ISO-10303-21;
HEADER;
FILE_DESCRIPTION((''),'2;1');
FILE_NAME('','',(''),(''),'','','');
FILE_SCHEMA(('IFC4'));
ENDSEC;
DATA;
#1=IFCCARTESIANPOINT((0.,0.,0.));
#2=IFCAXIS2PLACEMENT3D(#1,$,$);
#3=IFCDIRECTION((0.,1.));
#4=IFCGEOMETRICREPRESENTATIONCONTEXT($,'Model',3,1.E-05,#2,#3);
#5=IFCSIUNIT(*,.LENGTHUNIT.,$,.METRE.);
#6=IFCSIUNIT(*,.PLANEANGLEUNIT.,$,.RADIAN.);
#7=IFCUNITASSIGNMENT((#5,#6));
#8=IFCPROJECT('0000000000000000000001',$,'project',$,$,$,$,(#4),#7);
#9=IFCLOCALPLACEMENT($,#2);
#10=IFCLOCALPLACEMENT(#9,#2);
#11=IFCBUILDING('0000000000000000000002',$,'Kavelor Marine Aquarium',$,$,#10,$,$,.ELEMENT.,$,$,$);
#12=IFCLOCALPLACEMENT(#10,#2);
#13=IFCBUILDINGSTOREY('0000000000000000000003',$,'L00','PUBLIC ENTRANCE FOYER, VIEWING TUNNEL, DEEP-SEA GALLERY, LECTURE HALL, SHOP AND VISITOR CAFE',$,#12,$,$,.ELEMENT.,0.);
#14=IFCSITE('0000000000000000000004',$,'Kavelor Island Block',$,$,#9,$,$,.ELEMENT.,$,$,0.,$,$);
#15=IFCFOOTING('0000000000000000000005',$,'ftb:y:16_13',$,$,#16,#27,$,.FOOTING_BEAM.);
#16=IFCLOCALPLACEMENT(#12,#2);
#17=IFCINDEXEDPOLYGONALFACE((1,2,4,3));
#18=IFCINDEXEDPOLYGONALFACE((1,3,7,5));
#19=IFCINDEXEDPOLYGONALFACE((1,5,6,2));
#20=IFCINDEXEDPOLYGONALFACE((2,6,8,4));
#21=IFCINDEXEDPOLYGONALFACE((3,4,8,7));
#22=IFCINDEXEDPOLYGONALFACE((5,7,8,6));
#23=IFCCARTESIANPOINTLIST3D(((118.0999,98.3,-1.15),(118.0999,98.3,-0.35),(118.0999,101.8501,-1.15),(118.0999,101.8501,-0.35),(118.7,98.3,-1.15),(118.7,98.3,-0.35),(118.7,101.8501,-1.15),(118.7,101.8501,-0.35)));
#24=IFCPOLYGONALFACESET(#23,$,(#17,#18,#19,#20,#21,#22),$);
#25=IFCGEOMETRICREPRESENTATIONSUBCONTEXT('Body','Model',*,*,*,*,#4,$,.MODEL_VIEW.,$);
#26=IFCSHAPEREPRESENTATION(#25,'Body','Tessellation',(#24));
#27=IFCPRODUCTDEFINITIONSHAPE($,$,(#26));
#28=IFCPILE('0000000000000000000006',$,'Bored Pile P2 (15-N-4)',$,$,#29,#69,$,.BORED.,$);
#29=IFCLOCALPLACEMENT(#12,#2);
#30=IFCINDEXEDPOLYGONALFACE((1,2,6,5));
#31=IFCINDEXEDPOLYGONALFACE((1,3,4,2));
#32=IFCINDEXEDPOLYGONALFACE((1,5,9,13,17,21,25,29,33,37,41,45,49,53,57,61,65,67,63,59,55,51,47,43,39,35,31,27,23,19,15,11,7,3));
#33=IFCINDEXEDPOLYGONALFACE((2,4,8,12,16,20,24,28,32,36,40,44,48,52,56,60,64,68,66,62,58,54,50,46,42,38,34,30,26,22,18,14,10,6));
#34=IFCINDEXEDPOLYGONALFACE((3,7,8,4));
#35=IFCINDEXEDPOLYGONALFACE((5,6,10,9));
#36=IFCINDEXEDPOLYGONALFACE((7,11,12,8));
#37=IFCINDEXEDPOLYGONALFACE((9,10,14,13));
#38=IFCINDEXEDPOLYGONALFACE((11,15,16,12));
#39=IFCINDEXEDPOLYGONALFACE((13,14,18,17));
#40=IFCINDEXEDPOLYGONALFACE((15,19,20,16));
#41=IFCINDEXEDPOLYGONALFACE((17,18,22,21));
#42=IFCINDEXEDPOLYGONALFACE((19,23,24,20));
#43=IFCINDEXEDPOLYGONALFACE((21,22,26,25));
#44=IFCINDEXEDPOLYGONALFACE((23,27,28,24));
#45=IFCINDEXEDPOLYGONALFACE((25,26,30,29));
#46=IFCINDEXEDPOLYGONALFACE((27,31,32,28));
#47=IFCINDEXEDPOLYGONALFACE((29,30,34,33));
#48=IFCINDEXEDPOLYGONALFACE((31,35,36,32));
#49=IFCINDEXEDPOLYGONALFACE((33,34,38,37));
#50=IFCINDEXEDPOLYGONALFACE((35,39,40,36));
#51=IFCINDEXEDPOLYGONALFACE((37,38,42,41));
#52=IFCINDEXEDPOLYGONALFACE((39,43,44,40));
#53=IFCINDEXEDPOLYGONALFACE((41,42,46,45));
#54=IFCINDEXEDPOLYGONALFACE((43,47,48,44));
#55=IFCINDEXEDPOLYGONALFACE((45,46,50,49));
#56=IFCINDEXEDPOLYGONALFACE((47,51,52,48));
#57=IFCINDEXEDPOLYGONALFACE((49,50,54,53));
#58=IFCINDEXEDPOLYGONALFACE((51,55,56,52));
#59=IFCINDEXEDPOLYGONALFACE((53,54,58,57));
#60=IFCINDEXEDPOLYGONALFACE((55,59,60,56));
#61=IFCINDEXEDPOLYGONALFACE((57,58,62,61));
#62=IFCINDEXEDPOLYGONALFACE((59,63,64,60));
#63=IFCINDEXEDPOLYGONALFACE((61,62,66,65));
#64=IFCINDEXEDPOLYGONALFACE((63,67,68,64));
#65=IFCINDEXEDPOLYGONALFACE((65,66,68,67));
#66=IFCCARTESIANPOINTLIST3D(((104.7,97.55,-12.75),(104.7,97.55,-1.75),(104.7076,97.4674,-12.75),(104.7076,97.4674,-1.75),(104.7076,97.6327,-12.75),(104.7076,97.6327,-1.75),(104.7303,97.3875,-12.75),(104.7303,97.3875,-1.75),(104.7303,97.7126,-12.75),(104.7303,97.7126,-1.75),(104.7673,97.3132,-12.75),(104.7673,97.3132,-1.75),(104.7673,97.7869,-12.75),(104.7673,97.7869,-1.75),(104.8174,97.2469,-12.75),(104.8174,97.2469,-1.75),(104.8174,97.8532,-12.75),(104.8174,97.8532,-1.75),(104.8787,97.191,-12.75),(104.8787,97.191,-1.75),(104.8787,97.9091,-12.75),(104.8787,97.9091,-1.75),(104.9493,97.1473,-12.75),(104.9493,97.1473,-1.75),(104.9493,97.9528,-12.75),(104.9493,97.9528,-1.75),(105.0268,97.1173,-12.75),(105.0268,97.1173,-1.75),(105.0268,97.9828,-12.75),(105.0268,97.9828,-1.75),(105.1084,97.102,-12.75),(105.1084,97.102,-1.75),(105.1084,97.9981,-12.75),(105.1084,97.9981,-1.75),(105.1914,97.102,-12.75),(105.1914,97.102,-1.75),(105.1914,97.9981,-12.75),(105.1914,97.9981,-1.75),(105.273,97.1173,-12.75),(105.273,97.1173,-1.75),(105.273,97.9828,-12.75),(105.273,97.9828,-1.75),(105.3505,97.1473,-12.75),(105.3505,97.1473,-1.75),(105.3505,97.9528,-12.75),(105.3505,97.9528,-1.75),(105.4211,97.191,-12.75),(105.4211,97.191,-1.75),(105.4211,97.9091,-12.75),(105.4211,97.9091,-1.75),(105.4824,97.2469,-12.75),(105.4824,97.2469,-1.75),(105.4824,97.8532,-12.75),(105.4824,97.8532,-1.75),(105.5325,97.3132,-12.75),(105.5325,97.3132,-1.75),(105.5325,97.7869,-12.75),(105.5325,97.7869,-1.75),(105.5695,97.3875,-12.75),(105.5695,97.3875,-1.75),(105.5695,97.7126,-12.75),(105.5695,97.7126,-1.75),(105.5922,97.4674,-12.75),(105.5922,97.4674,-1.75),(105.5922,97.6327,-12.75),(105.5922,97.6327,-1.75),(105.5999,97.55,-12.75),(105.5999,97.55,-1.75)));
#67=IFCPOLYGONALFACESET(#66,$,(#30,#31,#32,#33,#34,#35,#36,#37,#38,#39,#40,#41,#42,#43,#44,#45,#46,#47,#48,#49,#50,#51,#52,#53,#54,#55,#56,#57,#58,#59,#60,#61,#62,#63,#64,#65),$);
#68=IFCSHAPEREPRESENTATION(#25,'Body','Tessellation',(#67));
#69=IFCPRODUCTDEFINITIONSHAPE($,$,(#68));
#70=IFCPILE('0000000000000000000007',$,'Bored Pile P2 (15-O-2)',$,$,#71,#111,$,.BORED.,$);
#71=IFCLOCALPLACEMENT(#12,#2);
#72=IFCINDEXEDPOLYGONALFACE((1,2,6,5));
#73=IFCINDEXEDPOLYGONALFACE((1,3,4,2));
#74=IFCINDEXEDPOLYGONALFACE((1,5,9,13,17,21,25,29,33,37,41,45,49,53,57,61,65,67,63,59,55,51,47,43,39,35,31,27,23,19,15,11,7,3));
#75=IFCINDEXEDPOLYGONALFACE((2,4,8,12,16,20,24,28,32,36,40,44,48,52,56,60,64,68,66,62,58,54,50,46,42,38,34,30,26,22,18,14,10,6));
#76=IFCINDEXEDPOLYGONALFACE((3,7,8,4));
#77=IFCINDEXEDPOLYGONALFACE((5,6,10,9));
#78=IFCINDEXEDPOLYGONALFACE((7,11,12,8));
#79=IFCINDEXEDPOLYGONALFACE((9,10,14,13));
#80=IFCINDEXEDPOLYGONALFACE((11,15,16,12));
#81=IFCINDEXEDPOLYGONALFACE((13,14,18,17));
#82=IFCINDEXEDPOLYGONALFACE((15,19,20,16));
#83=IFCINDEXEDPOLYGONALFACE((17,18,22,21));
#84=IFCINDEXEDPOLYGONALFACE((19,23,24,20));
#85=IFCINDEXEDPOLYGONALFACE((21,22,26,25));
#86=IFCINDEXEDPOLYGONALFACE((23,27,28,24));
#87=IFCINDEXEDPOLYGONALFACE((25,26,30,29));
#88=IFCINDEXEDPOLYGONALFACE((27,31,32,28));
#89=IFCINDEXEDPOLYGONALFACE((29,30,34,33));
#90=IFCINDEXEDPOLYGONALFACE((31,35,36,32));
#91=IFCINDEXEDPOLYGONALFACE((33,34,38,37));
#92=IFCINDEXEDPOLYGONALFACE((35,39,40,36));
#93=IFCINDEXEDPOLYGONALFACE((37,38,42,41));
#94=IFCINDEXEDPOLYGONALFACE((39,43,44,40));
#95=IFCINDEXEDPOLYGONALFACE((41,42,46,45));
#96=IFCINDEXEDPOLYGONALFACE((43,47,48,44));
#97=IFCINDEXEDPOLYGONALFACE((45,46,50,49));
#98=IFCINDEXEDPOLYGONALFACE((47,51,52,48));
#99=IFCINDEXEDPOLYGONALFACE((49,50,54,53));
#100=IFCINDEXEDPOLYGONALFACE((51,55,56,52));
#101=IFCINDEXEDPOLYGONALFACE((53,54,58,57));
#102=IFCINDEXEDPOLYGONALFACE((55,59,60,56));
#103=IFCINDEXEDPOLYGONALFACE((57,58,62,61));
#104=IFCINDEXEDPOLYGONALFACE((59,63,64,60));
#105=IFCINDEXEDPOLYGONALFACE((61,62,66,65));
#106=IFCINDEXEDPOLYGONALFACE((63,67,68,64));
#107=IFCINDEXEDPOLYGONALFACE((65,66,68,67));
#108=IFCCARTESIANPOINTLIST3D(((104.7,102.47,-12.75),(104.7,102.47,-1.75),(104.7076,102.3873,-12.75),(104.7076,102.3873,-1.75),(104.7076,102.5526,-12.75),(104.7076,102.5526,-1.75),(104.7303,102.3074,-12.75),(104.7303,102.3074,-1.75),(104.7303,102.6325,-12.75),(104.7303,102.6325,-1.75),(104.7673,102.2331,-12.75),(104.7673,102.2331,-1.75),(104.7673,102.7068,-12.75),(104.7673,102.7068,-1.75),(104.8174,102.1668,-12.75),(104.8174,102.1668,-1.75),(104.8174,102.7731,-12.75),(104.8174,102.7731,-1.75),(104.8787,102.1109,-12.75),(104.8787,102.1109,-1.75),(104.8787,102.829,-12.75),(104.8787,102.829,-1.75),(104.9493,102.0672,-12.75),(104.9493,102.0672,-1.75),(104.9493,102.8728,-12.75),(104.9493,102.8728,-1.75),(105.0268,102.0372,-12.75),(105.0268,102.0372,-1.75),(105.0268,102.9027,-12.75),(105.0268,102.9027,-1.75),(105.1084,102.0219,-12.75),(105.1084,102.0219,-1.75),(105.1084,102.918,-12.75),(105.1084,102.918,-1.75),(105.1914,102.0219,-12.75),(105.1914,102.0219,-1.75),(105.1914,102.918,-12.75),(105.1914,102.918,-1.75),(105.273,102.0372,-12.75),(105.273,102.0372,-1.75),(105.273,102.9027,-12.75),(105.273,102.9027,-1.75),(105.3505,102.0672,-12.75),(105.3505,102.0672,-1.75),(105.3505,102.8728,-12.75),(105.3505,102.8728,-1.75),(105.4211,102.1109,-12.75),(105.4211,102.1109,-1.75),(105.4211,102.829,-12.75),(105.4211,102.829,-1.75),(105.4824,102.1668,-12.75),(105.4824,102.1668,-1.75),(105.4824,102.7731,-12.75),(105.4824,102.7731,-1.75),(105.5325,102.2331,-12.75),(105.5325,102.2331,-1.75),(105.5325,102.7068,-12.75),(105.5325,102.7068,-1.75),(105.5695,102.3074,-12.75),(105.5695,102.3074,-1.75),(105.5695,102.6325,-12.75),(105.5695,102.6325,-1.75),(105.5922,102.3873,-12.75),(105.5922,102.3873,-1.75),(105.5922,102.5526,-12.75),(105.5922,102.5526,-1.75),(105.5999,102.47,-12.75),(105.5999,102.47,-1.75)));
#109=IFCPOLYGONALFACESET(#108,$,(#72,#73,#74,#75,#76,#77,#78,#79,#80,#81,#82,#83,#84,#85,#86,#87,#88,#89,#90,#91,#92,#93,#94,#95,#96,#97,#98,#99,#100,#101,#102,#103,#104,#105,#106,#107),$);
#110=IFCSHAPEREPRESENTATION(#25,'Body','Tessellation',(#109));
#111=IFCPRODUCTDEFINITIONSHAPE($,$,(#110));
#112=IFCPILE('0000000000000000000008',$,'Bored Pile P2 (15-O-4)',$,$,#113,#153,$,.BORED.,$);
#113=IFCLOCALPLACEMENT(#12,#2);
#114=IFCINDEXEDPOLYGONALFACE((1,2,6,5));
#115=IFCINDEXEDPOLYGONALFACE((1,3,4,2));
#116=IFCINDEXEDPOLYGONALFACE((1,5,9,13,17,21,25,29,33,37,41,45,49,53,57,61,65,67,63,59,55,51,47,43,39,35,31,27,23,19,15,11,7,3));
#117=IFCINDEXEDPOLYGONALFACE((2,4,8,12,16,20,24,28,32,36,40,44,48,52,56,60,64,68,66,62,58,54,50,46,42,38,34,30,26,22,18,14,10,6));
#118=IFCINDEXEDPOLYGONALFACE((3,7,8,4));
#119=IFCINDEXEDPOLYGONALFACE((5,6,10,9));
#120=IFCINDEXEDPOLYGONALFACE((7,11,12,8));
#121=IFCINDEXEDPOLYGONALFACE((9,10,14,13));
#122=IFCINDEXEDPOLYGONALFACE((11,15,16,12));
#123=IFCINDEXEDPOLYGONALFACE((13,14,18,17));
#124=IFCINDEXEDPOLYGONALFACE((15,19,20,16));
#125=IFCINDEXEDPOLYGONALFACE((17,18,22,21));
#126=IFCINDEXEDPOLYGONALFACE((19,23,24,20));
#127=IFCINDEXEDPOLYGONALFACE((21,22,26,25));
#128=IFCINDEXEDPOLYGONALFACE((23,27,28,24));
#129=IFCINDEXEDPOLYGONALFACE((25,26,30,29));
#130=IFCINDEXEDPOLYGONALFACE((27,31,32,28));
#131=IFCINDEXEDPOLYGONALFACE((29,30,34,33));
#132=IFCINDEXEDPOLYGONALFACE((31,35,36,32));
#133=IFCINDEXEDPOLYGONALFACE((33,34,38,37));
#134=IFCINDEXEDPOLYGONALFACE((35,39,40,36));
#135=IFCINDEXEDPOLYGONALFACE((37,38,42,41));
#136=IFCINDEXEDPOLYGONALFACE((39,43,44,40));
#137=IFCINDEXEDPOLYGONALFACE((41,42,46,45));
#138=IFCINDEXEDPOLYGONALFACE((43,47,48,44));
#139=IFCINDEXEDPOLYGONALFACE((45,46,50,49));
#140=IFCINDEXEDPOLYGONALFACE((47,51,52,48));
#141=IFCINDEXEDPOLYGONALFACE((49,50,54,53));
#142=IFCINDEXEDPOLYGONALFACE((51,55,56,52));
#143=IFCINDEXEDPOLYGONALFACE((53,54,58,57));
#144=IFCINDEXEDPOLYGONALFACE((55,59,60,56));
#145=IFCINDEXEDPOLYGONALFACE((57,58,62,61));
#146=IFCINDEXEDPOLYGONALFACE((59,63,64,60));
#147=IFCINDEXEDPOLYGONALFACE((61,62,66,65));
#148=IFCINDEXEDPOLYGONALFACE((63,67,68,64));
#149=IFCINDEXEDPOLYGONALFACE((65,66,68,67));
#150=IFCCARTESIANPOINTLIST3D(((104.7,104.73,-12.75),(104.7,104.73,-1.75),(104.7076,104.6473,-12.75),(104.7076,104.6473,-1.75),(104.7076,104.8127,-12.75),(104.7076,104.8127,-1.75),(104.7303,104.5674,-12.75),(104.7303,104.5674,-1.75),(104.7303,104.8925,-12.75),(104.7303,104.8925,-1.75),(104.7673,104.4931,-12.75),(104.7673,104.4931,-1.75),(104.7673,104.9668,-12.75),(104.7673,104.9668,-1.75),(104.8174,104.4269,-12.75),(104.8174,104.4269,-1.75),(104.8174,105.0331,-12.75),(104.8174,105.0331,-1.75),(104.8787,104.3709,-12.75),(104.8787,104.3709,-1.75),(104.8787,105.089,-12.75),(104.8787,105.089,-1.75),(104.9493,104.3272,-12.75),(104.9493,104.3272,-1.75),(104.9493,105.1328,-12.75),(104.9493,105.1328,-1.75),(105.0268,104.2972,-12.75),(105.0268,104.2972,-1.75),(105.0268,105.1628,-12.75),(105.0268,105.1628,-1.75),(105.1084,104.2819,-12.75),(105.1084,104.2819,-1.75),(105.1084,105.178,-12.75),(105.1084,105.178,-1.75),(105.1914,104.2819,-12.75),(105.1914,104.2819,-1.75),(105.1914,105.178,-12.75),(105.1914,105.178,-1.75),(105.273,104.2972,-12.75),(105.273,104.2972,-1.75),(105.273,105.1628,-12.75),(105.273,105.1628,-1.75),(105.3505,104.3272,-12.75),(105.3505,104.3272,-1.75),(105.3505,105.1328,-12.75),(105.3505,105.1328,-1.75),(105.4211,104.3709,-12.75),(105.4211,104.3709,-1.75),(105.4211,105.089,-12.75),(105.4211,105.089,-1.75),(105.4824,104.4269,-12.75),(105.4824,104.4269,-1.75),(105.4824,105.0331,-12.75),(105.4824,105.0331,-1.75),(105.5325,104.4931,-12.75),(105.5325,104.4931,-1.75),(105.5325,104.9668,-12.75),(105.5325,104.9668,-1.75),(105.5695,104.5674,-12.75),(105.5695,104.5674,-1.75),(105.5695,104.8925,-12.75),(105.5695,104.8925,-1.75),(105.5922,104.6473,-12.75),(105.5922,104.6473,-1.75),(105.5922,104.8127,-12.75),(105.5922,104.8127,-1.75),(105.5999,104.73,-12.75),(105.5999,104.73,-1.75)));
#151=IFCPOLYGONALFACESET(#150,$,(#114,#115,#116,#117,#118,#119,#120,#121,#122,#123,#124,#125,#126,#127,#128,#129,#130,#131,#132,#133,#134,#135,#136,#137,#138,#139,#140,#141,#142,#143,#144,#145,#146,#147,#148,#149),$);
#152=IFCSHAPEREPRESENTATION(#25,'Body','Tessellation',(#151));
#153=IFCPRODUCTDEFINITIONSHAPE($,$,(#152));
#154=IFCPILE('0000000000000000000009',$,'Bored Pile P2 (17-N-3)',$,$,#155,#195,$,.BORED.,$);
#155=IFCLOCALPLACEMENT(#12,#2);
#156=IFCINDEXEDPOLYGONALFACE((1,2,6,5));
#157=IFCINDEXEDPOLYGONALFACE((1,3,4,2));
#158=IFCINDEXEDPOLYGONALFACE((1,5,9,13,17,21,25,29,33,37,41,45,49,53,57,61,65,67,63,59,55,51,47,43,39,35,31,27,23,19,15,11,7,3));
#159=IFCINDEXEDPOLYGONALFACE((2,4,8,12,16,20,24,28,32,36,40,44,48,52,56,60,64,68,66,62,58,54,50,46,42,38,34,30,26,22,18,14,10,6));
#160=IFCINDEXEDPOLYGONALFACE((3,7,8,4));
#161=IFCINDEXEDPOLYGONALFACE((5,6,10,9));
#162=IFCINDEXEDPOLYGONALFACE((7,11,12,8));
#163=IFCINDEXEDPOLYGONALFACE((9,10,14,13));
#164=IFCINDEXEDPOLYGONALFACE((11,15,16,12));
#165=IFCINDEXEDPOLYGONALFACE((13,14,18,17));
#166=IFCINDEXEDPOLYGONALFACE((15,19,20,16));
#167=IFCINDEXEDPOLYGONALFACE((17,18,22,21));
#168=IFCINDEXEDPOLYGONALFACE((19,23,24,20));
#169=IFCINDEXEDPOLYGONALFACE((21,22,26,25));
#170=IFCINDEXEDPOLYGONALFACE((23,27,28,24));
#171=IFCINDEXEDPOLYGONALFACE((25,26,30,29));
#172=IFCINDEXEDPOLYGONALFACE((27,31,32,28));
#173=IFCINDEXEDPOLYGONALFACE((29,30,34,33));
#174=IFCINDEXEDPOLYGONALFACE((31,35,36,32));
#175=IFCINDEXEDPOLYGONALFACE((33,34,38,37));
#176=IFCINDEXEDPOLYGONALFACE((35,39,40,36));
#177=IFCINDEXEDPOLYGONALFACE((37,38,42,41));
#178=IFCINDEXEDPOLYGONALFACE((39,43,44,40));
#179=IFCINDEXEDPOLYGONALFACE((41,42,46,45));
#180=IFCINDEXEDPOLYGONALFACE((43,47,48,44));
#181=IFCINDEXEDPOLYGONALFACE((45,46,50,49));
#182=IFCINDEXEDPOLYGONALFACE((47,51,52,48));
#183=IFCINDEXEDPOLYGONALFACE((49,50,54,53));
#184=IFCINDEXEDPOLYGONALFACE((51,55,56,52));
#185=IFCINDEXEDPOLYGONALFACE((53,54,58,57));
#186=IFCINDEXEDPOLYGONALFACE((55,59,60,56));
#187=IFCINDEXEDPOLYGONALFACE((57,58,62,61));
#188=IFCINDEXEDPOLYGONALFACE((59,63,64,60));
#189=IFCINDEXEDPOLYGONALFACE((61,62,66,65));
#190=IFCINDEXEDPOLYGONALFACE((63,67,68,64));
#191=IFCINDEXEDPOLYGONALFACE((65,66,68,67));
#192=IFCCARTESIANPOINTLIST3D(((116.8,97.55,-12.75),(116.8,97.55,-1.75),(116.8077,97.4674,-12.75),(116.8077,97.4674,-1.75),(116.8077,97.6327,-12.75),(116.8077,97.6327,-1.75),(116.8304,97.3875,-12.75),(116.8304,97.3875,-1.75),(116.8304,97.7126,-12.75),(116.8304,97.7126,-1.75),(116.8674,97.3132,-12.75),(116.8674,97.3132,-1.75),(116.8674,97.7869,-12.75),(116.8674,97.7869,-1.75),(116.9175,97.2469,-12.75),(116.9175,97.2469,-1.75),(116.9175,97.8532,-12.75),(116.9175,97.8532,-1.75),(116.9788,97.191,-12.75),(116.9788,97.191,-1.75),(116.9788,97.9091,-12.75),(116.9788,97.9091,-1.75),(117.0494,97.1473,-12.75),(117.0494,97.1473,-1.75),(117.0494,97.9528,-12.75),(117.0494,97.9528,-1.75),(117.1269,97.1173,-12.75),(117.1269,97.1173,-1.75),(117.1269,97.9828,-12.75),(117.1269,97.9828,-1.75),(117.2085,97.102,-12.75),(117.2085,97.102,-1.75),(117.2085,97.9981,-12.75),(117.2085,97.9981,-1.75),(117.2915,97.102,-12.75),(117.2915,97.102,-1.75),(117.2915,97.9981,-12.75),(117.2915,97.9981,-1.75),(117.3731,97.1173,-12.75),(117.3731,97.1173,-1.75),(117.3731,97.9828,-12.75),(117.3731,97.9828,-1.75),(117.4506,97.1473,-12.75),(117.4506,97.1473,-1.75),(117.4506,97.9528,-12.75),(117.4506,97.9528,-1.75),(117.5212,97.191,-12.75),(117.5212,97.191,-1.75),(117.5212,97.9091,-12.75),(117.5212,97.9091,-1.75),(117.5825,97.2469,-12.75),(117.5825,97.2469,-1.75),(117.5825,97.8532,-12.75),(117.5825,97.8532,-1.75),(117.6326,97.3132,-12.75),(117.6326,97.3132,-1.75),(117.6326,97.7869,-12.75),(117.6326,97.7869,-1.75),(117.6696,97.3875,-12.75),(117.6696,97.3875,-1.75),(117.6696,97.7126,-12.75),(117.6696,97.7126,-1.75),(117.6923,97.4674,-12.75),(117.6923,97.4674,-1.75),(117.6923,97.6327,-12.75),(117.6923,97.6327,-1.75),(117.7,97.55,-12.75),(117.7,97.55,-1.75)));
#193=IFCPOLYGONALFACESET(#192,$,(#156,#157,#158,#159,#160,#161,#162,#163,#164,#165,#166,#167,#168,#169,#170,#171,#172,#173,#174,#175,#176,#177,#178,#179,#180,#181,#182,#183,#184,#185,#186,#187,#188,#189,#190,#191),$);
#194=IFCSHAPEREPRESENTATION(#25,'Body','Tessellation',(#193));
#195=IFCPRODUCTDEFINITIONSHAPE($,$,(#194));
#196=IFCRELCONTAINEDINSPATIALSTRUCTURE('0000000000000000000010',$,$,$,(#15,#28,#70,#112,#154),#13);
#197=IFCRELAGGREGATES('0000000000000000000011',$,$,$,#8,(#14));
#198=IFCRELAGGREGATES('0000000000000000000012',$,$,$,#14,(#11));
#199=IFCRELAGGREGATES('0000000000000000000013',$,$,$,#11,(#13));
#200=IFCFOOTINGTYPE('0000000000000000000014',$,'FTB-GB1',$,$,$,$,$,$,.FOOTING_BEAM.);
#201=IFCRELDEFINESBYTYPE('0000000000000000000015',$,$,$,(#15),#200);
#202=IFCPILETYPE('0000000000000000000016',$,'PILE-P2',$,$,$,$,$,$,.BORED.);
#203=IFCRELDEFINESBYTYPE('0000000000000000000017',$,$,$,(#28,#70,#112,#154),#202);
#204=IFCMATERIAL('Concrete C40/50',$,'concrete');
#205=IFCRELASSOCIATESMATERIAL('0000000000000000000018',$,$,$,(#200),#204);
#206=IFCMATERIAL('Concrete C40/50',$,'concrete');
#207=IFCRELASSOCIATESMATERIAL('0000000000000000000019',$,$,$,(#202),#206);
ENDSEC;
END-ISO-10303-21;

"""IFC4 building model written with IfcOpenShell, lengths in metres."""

from ifc_helpers import new_model, si_unit, direction, frame, origin, origin_2d, place, context, subcontext, project, spatial, rectangle, circle, extrude, material, material_profile, profile_set, type_object, element, save


model = new_model("IFC4")

# Units and contexts
model_context = context("Model", 3, precision=1e-05, world=origin(), true_north=direction((0.0, 1.0)))
body_context = subcontext(model_context, "Body", "Model", "MODEL_VIEW")
ifc_project = project(units=[si_unit("LENGTHUNIT", "METRE"), si_unit("PLANEANGLEUNIT", "RADIAN")], contexts=[model_context])

# Site, building, storey
site_placement = place(None, origin())
site = spatial("IfcSite", under=ifc_project, at=site_placement, Name="Kavelor Island Block", CompositionType="ELEMENT", RefElevation=0.0)
building_placement = place(site_placement, origin())
building = spatial("IfcBuilding", under=site, at=building_placement, Name="Kavelor Marine Aquarium", CompositionType="ELEMENT")
storey_placement = place(building_placement, origin())
storey = spatial("IfcBuildingStorey", under=building, at=storey_placement, Name="L00", Description="PUBLIC ENTRANCE FOYER, VIEWING TUNNEL, DEEP-SEA GALLERY, LECTURE HALL, SHOP AND VISITOR CAFE", CompositionType="ELEMENT", Elevation=0.0)

# Footing
ifc_material_1 = material(Name="Concrete C40/50", Category="concrete")
ifc_material_profile_1 = material_profile(ifc_material_1, rectangle(XDim=0.6001, YDim=0.8, at=origin_2d()), Name="GB 600x800")
ifc_profile_set_1 = profile_set([ifc_material_profile_1], Name="Concrete C40/50")
footing_type = type_object("IfcFootingType", Name="FTB-GB1", PredefinedType="FOOTING_BEAM", material=ifc_profile_set_1)
footing_placement = place(storey_placement, frame((118.3999, 98.3, -0.75), z_axis=(0.0, 1.0, 0.0), x_axis=(-1.0, 0.0, 0.0)))
element("IfcFooting", 1, at=footing_placement, inside=storey, type_object=footing_type, Name="ftb:y:16_13", PredefinedType="FOOTING_BEAM", context=body_context, shape_type="SweptSolid", body=[
    extrude(rectangle(XDim=0.6001, YDim=0.8, at=origin_2d()), origin(), (0.0, 0.0, 1.0), 3.55),
])

# Piles
ifc_material_2 = material(Name="Concrete C40/50", Category="concrete")
ifc_material_profile_2 = material_profile(ifc_material_2, circle(Radius=0.45, at=origin_2d()), Name="PILE D900")
ifc_profile_set_2 = profile_set([ifc_material_profile_2], Name="Concrete C40/50")
pile_type_1 = type_object("IfcPileType", Name="PILE-P2", PredefinedType="BORED", material=ifc_profile_set_2)
for number, where, z_axis, x_axis, name in (
    (2, (105.1499, 97.55, -1.75), (0.0, 0.0, -1.0), (1.0, 0.0, 0.0), "Bored Pile P2 (15-N-4)"),
    (3, (105.1499, 102.47, -1.75), (0.0, 0.0, -1.0), (1.0, 0.0, 0.0), "Bored Pile P2 (15-O-2)"),
    (4, (105.1499, 104.73, -1.75), (0.0, 0.0, -1.0), (1.0, 0.0, 0.0), "Bored Pile P2 (15-O-4)"),
    (5, (117.25, 97.55, -1.75), (0.0, 0.0, -1.0), (1.0, 0.0, 0.0), "Bored Pile P2 (17-N-3)"),
):
    element("IfcPile", number, at=place(storey_placement, frame(where, z_axis=z_axis, x_axis=x_axis)), inside=storey, type_object=pile_type_1, Name=name, PredefinedType="BORED", context=body_context, shape_type="SweptSolid", body=[
        extrude(circle(Radius=0.45, at=origin_2d()), origin(), (0.0, 0.0, 1.0), 11.0),
    ])

save(model, "model.ifc")
